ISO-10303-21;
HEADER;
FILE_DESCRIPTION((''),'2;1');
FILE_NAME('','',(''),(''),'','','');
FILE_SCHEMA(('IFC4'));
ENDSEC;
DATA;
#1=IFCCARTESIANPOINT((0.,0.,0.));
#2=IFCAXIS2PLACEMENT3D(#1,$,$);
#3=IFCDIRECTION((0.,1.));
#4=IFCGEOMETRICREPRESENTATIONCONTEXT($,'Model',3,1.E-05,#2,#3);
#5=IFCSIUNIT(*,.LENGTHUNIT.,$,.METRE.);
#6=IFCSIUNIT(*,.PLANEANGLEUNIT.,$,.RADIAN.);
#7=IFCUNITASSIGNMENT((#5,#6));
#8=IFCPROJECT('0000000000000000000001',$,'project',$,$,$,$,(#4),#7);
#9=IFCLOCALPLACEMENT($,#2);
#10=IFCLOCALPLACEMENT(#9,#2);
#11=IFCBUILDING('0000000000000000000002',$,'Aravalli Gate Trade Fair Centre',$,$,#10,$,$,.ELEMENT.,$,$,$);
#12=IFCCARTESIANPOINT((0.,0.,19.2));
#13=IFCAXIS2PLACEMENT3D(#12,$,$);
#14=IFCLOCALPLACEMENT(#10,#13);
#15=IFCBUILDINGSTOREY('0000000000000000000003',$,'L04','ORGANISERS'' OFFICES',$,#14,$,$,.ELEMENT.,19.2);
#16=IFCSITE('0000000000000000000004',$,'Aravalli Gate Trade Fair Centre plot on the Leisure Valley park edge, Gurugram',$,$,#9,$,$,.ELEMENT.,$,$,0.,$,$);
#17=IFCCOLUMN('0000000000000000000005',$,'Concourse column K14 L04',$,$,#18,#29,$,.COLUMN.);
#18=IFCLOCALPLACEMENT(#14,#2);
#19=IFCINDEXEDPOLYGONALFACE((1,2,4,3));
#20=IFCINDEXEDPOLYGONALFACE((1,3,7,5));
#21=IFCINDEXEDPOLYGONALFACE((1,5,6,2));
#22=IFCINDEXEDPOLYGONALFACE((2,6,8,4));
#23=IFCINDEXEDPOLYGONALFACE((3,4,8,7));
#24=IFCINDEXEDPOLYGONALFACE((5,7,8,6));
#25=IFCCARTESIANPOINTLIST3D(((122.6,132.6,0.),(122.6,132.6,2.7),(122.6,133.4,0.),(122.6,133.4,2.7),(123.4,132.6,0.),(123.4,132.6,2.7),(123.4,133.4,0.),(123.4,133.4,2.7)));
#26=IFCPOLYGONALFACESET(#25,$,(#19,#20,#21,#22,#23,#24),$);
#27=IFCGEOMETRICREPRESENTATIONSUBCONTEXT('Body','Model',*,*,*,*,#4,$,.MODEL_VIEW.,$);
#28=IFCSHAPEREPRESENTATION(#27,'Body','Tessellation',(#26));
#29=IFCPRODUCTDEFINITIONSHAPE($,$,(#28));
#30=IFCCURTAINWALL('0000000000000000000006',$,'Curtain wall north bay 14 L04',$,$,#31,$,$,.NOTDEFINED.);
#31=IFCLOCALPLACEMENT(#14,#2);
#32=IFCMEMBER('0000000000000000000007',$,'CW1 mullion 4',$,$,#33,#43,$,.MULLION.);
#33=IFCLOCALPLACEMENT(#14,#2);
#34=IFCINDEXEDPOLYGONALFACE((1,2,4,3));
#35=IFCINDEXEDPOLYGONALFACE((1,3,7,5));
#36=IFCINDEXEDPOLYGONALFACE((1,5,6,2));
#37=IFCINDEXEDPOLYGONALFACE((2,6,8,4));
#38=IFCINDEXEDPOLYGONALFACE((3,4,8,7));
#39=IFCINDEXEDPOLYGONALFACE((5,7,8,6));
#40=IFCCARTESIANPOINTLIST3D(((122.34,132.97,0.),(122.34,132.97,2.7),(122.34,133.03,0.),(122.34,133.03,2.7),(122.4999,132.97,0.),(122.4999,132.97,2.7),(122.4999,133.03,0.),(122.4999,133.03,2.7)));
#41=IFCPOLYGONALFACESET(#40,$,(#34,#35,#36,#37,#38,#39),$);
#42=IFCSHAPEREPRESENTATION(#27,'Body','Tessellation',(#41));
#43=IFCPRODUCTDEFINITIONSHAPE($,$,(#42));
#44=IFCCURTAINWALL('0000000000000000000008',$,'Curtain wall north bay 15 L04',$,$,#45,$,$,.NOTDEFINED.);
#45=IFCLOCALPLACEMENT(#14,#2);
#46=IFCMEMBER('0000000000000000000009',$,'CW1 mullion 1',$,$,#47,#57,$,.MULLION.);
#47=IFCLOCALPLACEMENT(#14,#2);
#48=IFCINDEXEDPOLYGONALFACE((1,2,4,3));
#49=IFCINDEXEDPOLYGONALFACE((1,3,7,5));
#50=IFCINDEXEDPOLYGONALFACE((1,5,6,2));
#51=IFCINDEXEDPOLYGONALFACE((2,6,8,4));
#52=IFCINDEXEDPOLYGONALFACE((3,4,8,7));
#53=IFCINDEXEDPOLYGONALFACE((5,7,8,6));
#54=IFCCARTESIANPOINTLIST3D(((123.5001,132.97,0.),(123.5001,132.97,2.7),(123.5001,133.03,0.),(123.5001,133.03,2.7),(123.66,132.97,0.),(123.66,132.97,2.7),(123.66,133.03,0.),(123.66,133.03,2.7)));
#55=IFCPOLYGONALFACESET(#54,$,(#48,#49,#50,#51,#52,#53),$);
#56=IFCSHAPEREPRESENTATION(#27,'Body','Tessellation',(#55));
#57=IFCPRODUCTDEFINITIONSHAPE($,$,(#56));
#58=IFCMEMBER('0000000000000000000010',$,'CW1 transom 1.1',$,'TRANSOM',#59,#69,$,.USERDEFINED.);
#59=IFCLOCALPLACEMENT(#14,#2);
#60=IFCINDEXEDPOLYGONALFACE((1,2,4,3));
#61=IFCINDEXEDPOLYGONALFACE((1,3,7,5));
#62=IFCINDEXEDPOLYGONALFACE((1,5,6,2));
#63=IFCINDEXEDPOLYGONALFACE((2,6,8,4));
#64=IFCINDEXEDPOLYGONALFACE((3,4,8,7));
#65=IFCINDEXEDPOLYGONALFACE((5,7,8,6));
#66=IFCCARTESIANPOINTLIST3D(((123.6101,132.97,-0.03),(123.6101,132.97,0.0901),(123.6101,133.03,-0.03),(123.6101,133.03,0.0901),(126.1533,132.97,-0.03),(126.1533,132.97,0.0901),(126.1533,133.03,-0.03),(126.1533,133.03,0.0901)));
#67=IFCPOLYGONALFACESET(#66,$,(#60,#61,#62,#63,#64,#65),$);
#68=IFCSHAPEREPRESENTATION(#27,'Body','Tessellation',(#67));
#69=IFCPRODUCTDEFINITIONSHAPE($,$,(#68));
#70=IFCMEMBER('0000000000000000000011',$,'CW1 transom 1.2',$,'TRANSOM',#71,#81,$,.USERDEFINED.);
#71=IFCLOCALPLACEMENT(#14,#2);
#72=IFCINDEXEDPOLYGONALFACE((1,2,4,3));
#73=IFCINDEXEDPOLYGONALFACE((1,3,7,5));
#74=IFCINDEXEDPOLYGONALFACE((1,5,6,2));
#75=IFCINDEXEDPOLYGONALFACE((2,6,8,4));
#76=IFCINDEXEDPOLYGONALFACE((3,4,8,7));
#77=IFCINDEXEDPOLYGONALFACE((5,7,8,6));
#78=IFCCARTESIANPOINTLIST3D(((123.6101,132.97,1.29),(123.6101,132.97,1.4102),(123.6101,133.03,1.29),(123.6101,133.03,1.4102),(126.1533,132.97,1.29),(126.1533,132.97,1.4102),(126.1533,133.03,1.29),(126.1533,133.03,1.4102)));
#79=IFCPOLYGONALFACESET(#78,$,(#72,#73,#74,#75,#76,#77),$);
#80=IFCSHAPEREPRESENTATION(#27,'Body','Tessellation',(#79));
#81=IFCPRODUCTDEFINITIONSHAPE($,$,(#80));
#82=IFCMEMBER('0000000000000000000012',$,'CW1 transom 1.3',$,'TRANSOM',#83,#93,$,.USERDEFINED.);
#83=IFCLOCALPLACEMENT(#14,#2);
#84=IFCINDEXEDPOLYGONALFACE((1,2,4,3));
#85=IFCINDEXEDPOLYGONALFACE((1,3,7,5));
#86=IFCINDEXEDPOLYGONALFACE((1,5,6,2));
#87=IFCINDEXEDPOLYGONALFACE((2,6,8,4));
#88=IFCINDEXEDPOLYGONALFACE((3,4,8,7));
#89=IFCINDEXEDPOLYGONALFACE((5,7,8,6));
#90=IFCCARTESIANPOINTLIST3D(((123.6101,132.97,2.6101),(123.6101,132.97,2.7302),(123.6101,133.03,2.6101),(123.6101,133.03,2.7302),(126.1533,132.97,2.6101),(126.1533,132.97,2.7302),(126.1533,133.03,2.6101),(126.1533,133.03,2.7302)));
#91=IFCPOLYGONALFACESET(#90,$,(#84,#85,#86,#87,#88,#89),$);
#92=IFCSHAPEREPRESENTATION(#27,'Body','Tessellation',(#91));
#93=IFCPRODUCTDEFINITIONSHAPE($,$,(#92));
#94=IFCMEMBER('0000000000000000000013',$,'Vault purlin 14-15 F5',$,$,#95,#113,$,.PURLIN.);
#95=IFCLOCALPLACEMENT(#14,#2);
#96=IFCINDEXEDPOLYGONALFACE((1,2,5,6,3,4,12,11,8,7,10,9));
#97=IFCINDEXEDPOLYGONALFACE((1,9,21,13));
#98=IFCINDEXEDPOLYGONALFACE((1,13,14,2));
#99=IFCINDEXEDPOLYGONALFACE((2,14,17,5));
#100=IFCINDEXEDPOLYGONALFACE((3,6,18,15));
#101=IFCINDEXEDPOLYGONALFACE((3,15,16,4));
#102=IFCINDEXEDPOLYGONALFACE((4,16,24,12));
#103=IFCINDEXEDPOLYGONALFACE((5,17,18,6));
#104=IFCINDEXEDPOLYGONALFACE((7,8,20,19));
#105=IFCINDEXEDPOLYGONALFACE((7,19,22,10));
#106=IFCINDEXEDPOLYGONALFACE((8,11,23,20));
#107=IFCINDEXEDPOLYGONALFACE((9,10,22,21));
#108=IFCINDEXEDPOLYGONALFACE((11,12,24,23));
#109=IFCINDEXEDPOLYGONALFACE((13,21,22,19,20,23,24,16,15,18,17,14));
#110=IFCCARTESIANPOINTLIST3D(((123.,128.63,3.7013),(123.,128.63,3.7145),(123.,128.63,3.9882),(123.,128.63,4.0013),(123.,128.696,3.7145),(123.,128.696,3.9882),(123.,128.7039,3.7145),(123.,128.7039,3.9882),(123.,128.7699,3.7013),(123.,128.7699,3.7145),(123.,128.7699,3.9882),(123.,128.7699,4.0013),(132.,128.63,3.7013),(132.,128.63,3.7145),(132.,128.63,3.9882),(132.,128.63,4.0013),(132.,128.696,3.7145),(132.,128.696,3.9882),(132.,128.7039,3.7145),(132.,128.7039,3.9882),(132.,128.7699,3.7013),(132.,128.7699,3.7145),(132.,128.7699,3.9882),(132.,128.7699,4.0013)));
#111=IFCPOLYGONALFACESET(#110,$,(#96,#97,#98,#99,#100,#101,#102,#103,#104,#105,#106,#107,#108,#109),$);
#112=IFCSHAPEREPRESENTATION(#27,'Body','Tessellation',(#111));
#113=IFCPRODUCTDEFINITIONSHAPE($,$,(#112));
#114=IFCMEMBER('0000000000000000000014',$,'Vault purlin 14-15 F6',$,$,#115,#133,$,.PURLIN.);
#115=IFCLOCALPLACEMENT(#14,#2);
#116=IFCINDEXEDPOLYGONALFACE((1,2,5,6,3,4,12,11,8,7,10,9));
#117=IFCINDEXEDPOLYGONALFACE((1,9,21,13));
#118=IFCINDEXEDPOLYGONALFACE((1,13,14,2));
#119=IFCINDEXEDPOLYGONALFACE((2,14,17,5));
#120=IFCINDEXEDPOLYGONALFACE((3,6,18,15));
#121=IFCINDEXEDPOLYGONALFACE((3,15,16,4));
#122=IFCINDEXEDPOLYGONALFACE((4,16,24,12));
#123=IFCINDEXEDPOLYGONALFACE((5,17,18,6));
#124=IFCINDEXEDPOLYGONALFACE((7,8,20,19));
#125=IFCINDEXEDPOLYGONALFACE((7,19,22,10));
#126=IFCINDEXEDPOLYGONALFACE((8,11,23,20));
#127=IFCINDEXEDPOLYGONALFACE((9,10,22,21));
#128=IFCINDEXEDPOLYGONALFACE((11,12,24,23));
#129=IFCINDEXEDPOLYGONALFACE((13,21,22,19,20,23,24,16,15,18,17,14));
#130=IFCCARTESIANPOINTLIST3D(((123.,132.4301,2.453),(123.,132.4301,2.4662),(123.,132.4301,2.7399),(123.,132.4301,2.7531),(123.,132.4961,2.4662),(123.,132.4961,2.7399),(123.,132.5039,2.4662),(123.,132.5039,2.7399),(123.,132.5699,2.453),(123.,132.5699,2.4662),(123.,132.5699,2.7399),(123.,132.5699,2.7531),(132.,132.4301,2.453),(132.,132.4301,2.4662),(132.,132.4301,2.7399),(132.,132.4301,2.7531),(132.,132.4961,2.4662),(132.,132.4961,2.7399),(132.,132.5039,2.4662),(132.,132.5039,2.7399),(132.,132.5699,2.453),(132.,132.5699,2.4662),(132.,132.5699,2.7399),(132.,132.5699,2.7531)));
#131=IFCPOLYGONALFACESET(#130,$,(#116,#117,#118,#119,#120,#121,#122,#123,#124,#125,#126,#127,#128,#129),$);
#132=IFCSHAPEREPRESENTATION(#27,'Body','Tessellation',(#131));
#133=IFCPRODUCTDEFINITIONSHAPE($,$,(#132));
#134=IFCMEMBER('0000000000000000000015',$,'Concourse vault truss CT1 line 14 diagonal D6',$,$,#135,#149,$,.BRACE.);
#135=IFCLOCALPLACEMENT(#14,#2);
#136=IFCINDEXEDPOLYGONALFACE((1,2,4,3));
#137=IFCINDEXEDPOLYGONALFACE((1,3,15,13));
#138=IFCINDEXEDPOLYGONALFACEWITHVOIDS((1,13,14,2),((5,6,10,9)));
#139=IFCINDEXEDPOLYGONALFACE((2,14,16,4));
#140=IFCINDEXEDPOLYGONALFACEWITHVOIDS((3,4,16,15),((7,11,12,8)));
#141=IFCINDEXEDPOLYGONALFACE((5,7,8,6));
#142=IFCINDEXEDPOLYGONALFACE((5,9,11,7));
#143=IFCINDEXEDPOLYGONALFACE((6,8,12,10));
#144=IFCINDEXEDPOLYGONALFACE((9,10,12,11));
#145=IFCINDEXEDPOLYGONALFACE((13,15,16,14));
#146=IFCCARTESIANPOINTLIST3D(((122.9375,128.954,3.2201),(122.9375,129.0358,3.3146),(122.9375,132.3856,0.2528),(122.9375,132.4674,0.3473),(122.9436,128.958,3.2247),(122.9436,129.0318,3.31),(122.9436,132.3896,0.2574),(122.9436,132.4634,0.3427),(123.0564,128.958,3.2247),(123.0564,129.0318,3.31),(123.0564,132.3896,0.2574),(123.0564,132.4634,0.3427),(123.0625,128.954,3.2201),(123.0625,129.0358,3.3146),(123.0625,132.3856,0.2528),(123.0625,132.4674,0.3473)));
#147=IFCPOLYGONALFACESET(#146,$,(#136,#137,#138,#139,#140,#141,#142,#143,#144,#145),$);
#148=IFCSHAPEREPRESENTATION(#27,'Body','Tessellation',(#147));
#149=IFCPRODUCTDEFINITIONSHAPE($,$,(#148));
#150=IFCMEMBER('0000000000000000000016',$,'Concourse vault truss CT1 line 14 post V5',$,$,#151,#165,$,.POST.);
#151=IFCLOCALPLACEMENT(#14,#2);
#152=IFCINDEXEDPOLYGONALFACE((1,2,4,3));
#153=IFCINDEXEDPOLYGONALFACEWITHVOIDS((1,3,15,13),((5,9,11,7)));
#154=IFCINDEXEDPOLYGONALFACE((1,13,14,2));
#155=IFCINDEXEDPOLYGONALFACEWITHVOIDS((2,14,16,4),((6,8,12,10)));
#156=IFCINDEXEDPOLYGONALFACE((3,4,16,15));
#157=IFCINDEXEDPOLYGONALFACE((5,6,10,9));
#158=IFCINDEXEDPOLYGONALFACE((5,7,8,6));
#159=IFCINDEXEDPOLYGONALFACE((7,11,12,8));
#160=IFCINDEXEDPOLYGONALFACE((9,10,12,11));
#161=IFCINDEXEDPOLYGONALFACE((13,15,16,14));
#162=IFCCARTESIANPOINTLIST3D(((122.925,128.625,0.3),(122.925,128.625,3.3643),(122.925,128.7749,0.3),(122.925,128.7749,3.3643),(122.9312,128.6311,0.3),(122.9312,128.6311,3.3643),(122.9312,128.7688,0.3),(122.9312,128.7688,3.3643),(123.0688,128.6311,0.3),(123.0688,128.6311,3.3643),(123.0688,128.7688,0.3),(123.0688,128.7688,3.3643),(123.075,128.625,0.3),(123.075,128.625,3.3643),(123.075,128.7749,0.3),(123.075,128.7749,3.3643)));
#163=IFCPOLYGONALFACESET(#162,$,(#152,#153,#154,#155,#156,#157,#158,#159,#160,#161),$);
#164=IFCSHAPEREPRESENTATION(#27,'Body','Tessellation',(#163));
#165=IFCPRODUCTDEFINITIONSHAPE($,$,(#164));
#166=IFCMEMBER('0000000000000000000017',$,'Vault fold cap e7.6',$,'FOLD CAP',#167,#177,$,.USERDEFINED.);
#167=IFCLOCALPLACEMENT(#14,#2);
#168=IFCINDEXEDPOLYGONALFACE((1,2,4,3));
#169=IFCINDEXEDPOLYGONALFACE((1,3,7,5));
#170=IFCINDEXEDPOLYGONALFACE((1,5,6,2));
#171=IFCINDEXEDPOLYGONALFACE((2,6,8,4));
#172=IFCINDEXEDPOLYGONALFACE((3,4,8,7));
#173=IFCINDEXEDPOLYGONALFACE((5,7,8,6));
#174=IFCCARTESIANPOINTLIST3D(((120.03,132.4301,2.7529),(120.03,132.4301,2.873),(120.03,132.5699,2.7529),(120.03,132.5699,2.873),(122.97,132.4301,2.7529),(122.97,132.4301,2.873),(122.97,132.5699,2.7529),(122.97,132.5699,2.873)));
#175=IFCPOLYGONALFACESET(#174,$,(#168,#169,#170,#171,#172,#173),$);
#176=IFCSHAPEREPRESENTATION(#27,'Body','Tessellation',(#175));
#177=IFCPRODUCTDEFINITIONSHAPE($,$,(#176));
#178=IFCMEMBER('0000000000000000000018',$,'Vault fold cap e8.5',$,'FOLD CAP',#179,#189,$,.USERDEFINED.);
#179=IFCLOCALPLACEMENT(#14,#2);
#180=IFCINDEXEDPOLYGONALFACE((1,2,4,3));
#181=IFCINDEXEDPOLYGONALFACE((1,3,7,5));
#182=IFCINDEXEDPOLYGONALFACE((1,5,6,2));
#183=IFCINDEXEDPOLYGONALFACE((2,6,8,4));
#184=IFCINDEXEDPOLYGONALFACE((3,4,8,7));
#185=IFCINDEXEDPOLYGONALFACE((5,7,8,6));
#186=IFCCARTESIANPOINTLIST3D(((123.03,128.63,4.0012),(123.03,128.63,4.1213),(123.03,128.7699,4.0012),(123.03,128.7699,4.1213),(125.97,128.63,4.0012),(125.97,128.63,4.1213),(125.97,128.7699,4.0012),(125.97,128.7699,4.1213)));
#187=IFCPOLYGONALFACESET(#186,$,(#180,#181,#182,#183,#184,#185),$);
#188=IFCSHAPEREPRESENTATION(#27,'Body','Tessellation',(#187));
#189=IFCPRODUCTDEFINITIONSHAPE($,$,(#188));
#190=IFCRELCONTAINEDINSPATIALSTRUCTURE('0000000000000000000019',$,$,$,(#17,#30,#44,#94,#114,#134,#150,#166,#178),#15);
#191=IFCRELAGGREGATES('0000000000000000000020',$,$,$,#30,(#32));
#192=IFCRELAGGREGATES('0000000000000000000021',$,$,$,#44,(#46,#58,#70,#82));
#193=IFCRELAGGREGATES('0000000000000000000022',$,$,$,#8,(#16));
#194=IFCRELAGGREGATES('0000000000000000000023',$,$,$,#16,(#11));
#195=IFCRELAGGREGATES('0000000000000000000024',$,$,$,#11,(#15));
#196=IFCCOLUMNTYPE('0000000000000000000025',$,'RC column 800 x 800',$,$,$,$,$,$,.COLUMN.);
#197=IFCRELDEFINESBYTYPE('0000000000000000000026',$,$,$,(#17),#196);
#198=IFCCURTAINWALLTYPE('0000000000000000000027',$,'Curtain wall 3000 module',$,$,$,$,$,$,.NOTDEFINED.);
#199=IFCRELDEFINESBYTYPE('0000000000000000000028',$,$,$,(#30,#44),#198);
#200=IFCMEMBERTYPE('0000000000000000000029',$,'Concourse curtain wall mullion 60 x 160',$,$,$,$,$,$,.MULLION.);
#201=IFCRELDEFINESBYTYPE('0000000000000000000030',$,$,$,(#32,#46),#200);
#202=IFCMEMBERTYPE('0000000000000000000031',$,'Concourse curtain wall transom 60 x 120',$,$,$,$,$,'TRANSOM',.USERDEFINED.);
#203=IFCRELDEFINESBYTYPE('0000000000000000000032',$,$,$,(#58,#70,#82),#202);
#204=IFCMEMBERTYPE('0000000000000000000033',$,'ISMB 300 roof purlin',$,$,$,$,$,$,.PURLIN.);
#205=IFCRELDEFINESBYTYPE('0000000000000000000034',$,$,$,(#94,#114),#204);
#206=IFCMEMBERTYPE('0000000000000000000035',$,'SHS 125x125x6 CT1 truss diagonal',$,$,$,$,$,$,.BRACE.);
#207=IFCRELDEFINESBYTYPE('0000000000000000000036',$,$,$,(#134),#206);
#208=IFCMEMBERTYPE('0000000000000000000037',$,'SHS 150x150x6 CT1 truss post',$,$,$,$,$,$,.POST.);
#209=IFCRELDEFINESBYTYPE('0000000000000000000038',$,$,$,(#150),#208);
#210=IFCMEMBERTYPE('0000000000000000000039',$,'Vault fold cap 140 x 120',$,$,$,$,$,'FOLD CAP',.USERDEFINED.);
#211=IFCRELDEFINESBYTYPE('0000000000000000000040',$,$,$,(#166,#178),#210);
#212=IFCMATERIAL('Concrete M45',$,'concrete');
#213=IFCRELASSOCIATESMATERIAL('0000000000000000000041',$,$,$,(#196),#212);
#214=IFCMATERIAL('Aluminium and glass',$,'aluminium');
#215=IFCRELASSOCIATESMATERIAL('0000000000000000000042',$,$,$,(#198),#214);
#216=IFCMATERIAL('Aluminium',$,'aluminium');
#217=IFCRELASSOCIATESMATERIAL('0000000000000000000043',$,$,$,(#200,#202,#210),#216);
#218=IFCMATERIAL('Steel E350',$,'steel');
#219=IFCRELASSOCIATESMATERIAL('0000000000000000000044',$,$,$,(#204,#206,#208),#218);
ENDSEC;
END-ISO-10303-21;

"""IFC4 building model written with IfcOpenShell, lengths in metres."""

from ifc_helpers import new_model, si_unit, direction, frame, origin, origin_2d, place, context, subcontext, project, spatial, rectangle, hollow_rectangle, i_section, extrude, material, material_profile, profile_set, type_object, element, aggregate, save


model = new_model("IFC4")

# Units and contexts
model_context = context("Model", 3, precision=1e-05, world=origin(), true_north=direction((0.0, 1.0)))
body_context = subcontext(model_context, "Body", "Model", "MODEL_VIEW")
ifc_project = project(units=[si_unit("LENGTHUNIT", "METRE"), si_unit("PLANEANGLEUNIT", "RADIAN")], contexts=[model_context])

# Site, building, storey
site_placement = place(None, origin())
site = spatial("IfcSite", under=ifc_project, at=site_placement, Name="Aravalli Gate Trade Fair Centre plot on the Leisure Valley park edge, Gurugram", CompositionType="ELEMENT", RefElevation=0.0)
building_placement = place(site_placement, origin())
building = spatial("IfcBuilding", under=site, at=building_placement, Name="Aravalli Gate Trade Fair Centre", CompositionType="ELEMENT")
storey_placement = place(building_placement, frame((0.0, 0.0, 19.2)))
storey = spatial("IfcBuildingStorey", under=building, at=storey_placement, Name="L04", Description="ORGANISERS' OFFICES", CompositionType="ELEMENT", Elevation=19.2)

# Column
ifc_material_1 = material(Name="Concrete M45", Category="concrete")
ifc_material_profile_1 = material_profile(ifc_material_1, rectangle(XDim=0.8, YDim=0.8, at=origin_2d()), Name="RC column 800 x 800")
ifc_profile_set_1 = profile_set([ifc_material_profile_1], Name="Concrete M45")
column_type = type_object("IfcColumnType", Name="RC column 800 x 800", PredefinedType="COLUMN", material=ifc_profile_set_1)
column_placement = place(storey_placement, frame((123.0, 133.0, 0.0), z_axis=(0.0, 0.0, 1.0), x_axis=(1.0, 0.0, 0.0)))
element("IfcColumn", 1, at=column_placement, inside=storey, type_object=column_type, Name="Concourse column K14 L04", PredefinedType="COLUMN", context=body_context, shape_type="SweptSolid", body=[
    extrude(rectangle(XDim=0.8, YDim=0.8, at=origin_2d()), origin(), (0.0, 0.0, 1.0), 2.7),
])

# Curtain wall, member
ifc_material_2 = material(Name="Aluminium and glass", Category="aluminium")
curtain_wall_type_1 = type_object("IfcCurtainWallType", Name="Curtain wall 3000 module", PredefinedType="NOTDEFINED", material=ifc_material_2)
curtain_wall_1_placement = place(storey_placement, origin())
curtain_wall_1 = element("IfcCurtainWall", 2, at=curtain_wall_1_placement, inside=storey, type_object=curtain_wall_type_1, Name="Curtain wall north bay 14 L04", PredefinedType="NOTDEFINED")
ifc_material_3 = material(Name="Aluminium", Category="aluminium")
ifc_material_profile_2 = material_profile(ifc_material_3, rectangle(XDim=0.0601, YDim=0.1599, at=origin_2d()), Name="Concourse curtain wall mullion 60 x 160")
ifc_profile_set_2 = profile_set([ifc_material_profile_2], Name="Aluminium")
member_type_1 = type_object("IfcMemberType", Name="Concourse curtain wall mullion 60 x 160", PredefinedType="MULLION", material=ifc_profile_set_2)
member_1_placement = place(storey_placement, frame((122.4199, 133.0, 0.0), z_axis=(0.0, 0.0, 1.0), x_axis=(0.0, 1.0, 0.0)))
member_1 = element("IfcMember", 3, at=member_1_placement, type_object=member_type_1, Name="CW1 mullion 4", PredefinedType="MULLION", context=body_context, shape_type="SweptSolid", body=[
    extrude(rectangle(XDim=0.0601, YDim=0.1599, at=origin_2d()), origin(), (0.0, 0.0, 1.0), 2.7),
])

# Curtain wall, members
curtain_wall_2_placement = place(storey_placement, origin())
curtain_wall_2 = element("IfcCurtainWall", 4, at=curtain_wall_2_placement, inside=storey, type_object=curtain_wall_type_1, Name="Curtain wall north bay 15 L04", PredefinedType="NOTDEFINED")
member_2_placement = place(storey_placement, frame((123.5801, 133.0, 0.0), z_axis=(0.0, 0.0, 1.0), x_axis=(0.0, 1.0, 0.0)))
member_2 = element("IfcMember", 5, at=member_2_placement, type_object=member_type_1, Name="CW1 mullion 1", PredefinedType="MULLION", context=body_context, shape_type="SweptSolid", body=[
    extrude(rectangle(XDim=0.0601, YDim=0.1599, at=origin_2d()), origin(), (0.0, 0.0, 1.0), 2.7),
])
ifc_material_profile_3 = material_profile(ifc_material_3, rectangle(XDim=0.0601, YDim=0.1201, at=origin_2d()), Name="Concourse curtain wall transom 60 x 120")
ifc_profile_set_3 = profile_set([ifc_material_profile_3], Name="Aluminium")
member_type_2 = type_object("IfcMemberType", Name="Concourse curtain wall transom 60 x 120", ElementType="TRANSOM", PredefinedType="USERDEFINED", material=ifc_profile_set_3)
member_3_placement = place(storey_placement, frame((123.6101, 133.0, 0.03), z_axis=(1.0, 0.0, 0.0), x_axis=(0.0, 1.0, 0.0)))
member_3 = element("IfcMember", 6, at=member_3_placement, type_object=member_type_2, Name="CW1 transom 1.1", ObjectType="TRANSOM", PredefinedType="USERDEFINED", context=body_context, shape_type="SweptSolid", body=[
    extrude(rectangle(XDim=0.0601, YDim=0.1201, at=origin_2d()), origin(), (0.0, 0.0, 1.0), 2.5432),
])
member_4_placement = place(storey_placement, frame((123.6101, 133.0, 1.3501), z_axis=(1.0, 0.0, 0.0), x_axis=(0.0, 1.0, 0.0)))
member_4 = element("IfcMember", 7, at=member_4_placement, type_object=member_type_2, Name="CW1 transom 1.2", ObjectType="TRANSOM", PredefinedType="USERDEFINED", context=body_context, shape_type="SweptSolid", body=[
    extrude(rectangle(XDim=0.0601, YDim=0.1201, at=origin_2d()), origin(), (0.0, 0.0, 1.0), 2.5432),
])
member_5_placement = place(storey_placement, frame((123.6101, 133.0, 2.6702), z_axis=(1.0, 0.0, 0.0), x_axis=(0.0, 1.0, 0.0)))
member_5 = element("IfcMember", 8, at=member_5_placement, type_object=member_type_2, Name="CW1 transom 1.3", ObjectType="TRANSOM", PredefinedType="USERDEFINED", context=body_context, shape_type="SweptSolid", body=[
    extrude(rectangle(XDim=0.0601, YDim=0.1201, at=origin_2d()), origin(), (0.0, 0.0, 1.0), 2.5432),
])

# Members
ifc_material_4 = material(Name="Steel E350", Category="steel")
ifc_material_profile_4 = material_profile(ifc_material_4, i_section(OverallWidth=0.1399, OverallDepth=0.3, WebThickness=0.0078, FlangeThickness=0.0132, at=origin_2d()), Name="ISMB 300")
ifc_profile_set_4 = profile_set([ifc_material_profile_4], Name="Steel E350")
member_type_3 = type_object("IfcMemberType", Name="ISMB 300 roof purlin", PredefinedType="PURLIN", material=ifc_profile_set_4)
for number, where, z_axis, x_axis, name in (
    (9, (123.0, 128.7, 3.8513), (1.0, 0.0, 0.0), (0.0, 1.0, 0.0), "Vault purlin 14-15 F5"),
    (10, (123.0, 132.5, 2.603), (1.0, 0.0, 0.0), (0.0, 1.0, 0.0), "Vault purlin 14-15 F6"),
):
    element("IfcMember", number, at=place(storey_placement, frame(where, z_axis=z_axis, x_axis=x_axis)), inside=storey, type_object=member_type_3, Name=name, PredefinedType="PURLIN", context=body_context, shape_type="SweptSolid", body=[
        extrude(i_section(OverallWidth=0.1399, OverallDepth=0.3, WebThickness=0.0078, FlangeThickness=0.0132, at=origin_2d()), origin(), (0.0, 0.0, 1.0), 9.0),
    ])
ifc_material_profile_5 = material_profile(ifc_material_4, hollow_rectangle(XDim=0.125, YDim=0.125, WallThickness=0.0061, at=origin_2d()), Name="SHS 125x125x6")
ifc_profile_set_5 = profile_set([ifc_material_profile_5], Name="Steel E350")
member_type_4 = type_object("IfcMemberType", Name="SHS 125x125x6 CT1 truss diagonal", PredefinedType="BRACE", material=ifc_profile_set_5)
member_6_placement = place(storey_placement, frame((123.0, 128.9949, 3.2673), z_axis=(0.0, 0.756431, -0.654074), x_axis=(-1.0, 0.0, 0.0)))
element("IfcMember", 11, at=member_6_placement, inside=storey, type_object=member_type_4, Name="Concourse vault truss CT1 line 14 diagonal D6", PredefinedType="BRACE", context=body_context, shape_type="SweptSolid", body=[
    extrude(hollow_rectangle(XDim=0.125, YDim=0.125, WallThickness=0.0061, at=origin_2d()), origin(), (0.0, 0.0, 1.0), 4.5366),
])
ifc_material_profile_6 = material_profile(ifc_material_4, hollow_rectangle(XDim=0.1499, YDim=0.1499, WallThickness=0.0061, at=origin_2d()), Name="SHS 150x150x6")
ifc_profile_set_6 = profile_set([ifc_material_profile_6], Name="Steel E350")
member_type_5 = type_object("IfcMemberType", Name="SHS 150x150x6 CT1 truss post", PredefinedType="POST", material=ifc_profile_set_6)
member_7_placement = place(storey_placement, frame((123.0, 128.7, 0.3), z_axis=(0.0, 0.0, 1.0), x_axis=(1.0, 0.0, 0.0)))
element("IfcMember", 12, at=member_7_placement, inside=storey, type_object=member_type_5, Name="Concourse vault truss CT1 line 14 post V5", PredefinedType="POST", context=body_context, shape_type="SweptSolid", body=[
    extrude(hollow_rectangle(XDim=0.1499, YDim=0.1499, WallThickness=0.0061, at=origin_2d()), origin(), (0.0, 0.0, 1.0), 3.0642),
])
ifc_material_profile_7 = material_profile(ifc_material_3, rectangle(XDim=0.1399, YDim=0.1201, at=origin_2d()), Name="Vault fold cap 140 x 120")
ifc_profile_set_7 = profile_set([ifc_material_profile_7], Name="Aluminium")
member_type_6 = type_object("IfcMemberType", Name="Vault fold cap 140 x 120", ElementType="FOLD CAP", PredefinedType="USERDEFINED", material=ifc_profile_set_7)
for number, where, z_axis, x_axis, name in (
    (13, (120.03, 132.5, 2.813), (1.0, 0.0, 0.0), (0.0, 1.0, 0.0), "Vault fold cap e7.6"),
    (14, (123.03, 128.7, 4.0613), (1.0, 0.0, 0.0), (0.0, 1.0, 0.0), "Vault fold cap e8.5"),
):
    element("IfcMember", number, at=place(storey_placement, frame(where, z_axis=z_axis, x_axis=x_axis)), inside=storey, type_object=member_type_6, Name=name, ObjectType="FOLD CAP", PredefinedType="USERDEFINED", context=body_context, shape_type="SweptSolid", body=[
        extrude(rectangle(XDim=0.1399, YDim=0.1201, at=origin_2d()), origin(), (0.0, 0.0, 1.0), 2.9399),
    ])

aggregate(curtain_wall_1, [member_1])
aggregate(curtain_wall_2, [member_2, member_3, member_4, member_5])

save(model, "model.ifc")
